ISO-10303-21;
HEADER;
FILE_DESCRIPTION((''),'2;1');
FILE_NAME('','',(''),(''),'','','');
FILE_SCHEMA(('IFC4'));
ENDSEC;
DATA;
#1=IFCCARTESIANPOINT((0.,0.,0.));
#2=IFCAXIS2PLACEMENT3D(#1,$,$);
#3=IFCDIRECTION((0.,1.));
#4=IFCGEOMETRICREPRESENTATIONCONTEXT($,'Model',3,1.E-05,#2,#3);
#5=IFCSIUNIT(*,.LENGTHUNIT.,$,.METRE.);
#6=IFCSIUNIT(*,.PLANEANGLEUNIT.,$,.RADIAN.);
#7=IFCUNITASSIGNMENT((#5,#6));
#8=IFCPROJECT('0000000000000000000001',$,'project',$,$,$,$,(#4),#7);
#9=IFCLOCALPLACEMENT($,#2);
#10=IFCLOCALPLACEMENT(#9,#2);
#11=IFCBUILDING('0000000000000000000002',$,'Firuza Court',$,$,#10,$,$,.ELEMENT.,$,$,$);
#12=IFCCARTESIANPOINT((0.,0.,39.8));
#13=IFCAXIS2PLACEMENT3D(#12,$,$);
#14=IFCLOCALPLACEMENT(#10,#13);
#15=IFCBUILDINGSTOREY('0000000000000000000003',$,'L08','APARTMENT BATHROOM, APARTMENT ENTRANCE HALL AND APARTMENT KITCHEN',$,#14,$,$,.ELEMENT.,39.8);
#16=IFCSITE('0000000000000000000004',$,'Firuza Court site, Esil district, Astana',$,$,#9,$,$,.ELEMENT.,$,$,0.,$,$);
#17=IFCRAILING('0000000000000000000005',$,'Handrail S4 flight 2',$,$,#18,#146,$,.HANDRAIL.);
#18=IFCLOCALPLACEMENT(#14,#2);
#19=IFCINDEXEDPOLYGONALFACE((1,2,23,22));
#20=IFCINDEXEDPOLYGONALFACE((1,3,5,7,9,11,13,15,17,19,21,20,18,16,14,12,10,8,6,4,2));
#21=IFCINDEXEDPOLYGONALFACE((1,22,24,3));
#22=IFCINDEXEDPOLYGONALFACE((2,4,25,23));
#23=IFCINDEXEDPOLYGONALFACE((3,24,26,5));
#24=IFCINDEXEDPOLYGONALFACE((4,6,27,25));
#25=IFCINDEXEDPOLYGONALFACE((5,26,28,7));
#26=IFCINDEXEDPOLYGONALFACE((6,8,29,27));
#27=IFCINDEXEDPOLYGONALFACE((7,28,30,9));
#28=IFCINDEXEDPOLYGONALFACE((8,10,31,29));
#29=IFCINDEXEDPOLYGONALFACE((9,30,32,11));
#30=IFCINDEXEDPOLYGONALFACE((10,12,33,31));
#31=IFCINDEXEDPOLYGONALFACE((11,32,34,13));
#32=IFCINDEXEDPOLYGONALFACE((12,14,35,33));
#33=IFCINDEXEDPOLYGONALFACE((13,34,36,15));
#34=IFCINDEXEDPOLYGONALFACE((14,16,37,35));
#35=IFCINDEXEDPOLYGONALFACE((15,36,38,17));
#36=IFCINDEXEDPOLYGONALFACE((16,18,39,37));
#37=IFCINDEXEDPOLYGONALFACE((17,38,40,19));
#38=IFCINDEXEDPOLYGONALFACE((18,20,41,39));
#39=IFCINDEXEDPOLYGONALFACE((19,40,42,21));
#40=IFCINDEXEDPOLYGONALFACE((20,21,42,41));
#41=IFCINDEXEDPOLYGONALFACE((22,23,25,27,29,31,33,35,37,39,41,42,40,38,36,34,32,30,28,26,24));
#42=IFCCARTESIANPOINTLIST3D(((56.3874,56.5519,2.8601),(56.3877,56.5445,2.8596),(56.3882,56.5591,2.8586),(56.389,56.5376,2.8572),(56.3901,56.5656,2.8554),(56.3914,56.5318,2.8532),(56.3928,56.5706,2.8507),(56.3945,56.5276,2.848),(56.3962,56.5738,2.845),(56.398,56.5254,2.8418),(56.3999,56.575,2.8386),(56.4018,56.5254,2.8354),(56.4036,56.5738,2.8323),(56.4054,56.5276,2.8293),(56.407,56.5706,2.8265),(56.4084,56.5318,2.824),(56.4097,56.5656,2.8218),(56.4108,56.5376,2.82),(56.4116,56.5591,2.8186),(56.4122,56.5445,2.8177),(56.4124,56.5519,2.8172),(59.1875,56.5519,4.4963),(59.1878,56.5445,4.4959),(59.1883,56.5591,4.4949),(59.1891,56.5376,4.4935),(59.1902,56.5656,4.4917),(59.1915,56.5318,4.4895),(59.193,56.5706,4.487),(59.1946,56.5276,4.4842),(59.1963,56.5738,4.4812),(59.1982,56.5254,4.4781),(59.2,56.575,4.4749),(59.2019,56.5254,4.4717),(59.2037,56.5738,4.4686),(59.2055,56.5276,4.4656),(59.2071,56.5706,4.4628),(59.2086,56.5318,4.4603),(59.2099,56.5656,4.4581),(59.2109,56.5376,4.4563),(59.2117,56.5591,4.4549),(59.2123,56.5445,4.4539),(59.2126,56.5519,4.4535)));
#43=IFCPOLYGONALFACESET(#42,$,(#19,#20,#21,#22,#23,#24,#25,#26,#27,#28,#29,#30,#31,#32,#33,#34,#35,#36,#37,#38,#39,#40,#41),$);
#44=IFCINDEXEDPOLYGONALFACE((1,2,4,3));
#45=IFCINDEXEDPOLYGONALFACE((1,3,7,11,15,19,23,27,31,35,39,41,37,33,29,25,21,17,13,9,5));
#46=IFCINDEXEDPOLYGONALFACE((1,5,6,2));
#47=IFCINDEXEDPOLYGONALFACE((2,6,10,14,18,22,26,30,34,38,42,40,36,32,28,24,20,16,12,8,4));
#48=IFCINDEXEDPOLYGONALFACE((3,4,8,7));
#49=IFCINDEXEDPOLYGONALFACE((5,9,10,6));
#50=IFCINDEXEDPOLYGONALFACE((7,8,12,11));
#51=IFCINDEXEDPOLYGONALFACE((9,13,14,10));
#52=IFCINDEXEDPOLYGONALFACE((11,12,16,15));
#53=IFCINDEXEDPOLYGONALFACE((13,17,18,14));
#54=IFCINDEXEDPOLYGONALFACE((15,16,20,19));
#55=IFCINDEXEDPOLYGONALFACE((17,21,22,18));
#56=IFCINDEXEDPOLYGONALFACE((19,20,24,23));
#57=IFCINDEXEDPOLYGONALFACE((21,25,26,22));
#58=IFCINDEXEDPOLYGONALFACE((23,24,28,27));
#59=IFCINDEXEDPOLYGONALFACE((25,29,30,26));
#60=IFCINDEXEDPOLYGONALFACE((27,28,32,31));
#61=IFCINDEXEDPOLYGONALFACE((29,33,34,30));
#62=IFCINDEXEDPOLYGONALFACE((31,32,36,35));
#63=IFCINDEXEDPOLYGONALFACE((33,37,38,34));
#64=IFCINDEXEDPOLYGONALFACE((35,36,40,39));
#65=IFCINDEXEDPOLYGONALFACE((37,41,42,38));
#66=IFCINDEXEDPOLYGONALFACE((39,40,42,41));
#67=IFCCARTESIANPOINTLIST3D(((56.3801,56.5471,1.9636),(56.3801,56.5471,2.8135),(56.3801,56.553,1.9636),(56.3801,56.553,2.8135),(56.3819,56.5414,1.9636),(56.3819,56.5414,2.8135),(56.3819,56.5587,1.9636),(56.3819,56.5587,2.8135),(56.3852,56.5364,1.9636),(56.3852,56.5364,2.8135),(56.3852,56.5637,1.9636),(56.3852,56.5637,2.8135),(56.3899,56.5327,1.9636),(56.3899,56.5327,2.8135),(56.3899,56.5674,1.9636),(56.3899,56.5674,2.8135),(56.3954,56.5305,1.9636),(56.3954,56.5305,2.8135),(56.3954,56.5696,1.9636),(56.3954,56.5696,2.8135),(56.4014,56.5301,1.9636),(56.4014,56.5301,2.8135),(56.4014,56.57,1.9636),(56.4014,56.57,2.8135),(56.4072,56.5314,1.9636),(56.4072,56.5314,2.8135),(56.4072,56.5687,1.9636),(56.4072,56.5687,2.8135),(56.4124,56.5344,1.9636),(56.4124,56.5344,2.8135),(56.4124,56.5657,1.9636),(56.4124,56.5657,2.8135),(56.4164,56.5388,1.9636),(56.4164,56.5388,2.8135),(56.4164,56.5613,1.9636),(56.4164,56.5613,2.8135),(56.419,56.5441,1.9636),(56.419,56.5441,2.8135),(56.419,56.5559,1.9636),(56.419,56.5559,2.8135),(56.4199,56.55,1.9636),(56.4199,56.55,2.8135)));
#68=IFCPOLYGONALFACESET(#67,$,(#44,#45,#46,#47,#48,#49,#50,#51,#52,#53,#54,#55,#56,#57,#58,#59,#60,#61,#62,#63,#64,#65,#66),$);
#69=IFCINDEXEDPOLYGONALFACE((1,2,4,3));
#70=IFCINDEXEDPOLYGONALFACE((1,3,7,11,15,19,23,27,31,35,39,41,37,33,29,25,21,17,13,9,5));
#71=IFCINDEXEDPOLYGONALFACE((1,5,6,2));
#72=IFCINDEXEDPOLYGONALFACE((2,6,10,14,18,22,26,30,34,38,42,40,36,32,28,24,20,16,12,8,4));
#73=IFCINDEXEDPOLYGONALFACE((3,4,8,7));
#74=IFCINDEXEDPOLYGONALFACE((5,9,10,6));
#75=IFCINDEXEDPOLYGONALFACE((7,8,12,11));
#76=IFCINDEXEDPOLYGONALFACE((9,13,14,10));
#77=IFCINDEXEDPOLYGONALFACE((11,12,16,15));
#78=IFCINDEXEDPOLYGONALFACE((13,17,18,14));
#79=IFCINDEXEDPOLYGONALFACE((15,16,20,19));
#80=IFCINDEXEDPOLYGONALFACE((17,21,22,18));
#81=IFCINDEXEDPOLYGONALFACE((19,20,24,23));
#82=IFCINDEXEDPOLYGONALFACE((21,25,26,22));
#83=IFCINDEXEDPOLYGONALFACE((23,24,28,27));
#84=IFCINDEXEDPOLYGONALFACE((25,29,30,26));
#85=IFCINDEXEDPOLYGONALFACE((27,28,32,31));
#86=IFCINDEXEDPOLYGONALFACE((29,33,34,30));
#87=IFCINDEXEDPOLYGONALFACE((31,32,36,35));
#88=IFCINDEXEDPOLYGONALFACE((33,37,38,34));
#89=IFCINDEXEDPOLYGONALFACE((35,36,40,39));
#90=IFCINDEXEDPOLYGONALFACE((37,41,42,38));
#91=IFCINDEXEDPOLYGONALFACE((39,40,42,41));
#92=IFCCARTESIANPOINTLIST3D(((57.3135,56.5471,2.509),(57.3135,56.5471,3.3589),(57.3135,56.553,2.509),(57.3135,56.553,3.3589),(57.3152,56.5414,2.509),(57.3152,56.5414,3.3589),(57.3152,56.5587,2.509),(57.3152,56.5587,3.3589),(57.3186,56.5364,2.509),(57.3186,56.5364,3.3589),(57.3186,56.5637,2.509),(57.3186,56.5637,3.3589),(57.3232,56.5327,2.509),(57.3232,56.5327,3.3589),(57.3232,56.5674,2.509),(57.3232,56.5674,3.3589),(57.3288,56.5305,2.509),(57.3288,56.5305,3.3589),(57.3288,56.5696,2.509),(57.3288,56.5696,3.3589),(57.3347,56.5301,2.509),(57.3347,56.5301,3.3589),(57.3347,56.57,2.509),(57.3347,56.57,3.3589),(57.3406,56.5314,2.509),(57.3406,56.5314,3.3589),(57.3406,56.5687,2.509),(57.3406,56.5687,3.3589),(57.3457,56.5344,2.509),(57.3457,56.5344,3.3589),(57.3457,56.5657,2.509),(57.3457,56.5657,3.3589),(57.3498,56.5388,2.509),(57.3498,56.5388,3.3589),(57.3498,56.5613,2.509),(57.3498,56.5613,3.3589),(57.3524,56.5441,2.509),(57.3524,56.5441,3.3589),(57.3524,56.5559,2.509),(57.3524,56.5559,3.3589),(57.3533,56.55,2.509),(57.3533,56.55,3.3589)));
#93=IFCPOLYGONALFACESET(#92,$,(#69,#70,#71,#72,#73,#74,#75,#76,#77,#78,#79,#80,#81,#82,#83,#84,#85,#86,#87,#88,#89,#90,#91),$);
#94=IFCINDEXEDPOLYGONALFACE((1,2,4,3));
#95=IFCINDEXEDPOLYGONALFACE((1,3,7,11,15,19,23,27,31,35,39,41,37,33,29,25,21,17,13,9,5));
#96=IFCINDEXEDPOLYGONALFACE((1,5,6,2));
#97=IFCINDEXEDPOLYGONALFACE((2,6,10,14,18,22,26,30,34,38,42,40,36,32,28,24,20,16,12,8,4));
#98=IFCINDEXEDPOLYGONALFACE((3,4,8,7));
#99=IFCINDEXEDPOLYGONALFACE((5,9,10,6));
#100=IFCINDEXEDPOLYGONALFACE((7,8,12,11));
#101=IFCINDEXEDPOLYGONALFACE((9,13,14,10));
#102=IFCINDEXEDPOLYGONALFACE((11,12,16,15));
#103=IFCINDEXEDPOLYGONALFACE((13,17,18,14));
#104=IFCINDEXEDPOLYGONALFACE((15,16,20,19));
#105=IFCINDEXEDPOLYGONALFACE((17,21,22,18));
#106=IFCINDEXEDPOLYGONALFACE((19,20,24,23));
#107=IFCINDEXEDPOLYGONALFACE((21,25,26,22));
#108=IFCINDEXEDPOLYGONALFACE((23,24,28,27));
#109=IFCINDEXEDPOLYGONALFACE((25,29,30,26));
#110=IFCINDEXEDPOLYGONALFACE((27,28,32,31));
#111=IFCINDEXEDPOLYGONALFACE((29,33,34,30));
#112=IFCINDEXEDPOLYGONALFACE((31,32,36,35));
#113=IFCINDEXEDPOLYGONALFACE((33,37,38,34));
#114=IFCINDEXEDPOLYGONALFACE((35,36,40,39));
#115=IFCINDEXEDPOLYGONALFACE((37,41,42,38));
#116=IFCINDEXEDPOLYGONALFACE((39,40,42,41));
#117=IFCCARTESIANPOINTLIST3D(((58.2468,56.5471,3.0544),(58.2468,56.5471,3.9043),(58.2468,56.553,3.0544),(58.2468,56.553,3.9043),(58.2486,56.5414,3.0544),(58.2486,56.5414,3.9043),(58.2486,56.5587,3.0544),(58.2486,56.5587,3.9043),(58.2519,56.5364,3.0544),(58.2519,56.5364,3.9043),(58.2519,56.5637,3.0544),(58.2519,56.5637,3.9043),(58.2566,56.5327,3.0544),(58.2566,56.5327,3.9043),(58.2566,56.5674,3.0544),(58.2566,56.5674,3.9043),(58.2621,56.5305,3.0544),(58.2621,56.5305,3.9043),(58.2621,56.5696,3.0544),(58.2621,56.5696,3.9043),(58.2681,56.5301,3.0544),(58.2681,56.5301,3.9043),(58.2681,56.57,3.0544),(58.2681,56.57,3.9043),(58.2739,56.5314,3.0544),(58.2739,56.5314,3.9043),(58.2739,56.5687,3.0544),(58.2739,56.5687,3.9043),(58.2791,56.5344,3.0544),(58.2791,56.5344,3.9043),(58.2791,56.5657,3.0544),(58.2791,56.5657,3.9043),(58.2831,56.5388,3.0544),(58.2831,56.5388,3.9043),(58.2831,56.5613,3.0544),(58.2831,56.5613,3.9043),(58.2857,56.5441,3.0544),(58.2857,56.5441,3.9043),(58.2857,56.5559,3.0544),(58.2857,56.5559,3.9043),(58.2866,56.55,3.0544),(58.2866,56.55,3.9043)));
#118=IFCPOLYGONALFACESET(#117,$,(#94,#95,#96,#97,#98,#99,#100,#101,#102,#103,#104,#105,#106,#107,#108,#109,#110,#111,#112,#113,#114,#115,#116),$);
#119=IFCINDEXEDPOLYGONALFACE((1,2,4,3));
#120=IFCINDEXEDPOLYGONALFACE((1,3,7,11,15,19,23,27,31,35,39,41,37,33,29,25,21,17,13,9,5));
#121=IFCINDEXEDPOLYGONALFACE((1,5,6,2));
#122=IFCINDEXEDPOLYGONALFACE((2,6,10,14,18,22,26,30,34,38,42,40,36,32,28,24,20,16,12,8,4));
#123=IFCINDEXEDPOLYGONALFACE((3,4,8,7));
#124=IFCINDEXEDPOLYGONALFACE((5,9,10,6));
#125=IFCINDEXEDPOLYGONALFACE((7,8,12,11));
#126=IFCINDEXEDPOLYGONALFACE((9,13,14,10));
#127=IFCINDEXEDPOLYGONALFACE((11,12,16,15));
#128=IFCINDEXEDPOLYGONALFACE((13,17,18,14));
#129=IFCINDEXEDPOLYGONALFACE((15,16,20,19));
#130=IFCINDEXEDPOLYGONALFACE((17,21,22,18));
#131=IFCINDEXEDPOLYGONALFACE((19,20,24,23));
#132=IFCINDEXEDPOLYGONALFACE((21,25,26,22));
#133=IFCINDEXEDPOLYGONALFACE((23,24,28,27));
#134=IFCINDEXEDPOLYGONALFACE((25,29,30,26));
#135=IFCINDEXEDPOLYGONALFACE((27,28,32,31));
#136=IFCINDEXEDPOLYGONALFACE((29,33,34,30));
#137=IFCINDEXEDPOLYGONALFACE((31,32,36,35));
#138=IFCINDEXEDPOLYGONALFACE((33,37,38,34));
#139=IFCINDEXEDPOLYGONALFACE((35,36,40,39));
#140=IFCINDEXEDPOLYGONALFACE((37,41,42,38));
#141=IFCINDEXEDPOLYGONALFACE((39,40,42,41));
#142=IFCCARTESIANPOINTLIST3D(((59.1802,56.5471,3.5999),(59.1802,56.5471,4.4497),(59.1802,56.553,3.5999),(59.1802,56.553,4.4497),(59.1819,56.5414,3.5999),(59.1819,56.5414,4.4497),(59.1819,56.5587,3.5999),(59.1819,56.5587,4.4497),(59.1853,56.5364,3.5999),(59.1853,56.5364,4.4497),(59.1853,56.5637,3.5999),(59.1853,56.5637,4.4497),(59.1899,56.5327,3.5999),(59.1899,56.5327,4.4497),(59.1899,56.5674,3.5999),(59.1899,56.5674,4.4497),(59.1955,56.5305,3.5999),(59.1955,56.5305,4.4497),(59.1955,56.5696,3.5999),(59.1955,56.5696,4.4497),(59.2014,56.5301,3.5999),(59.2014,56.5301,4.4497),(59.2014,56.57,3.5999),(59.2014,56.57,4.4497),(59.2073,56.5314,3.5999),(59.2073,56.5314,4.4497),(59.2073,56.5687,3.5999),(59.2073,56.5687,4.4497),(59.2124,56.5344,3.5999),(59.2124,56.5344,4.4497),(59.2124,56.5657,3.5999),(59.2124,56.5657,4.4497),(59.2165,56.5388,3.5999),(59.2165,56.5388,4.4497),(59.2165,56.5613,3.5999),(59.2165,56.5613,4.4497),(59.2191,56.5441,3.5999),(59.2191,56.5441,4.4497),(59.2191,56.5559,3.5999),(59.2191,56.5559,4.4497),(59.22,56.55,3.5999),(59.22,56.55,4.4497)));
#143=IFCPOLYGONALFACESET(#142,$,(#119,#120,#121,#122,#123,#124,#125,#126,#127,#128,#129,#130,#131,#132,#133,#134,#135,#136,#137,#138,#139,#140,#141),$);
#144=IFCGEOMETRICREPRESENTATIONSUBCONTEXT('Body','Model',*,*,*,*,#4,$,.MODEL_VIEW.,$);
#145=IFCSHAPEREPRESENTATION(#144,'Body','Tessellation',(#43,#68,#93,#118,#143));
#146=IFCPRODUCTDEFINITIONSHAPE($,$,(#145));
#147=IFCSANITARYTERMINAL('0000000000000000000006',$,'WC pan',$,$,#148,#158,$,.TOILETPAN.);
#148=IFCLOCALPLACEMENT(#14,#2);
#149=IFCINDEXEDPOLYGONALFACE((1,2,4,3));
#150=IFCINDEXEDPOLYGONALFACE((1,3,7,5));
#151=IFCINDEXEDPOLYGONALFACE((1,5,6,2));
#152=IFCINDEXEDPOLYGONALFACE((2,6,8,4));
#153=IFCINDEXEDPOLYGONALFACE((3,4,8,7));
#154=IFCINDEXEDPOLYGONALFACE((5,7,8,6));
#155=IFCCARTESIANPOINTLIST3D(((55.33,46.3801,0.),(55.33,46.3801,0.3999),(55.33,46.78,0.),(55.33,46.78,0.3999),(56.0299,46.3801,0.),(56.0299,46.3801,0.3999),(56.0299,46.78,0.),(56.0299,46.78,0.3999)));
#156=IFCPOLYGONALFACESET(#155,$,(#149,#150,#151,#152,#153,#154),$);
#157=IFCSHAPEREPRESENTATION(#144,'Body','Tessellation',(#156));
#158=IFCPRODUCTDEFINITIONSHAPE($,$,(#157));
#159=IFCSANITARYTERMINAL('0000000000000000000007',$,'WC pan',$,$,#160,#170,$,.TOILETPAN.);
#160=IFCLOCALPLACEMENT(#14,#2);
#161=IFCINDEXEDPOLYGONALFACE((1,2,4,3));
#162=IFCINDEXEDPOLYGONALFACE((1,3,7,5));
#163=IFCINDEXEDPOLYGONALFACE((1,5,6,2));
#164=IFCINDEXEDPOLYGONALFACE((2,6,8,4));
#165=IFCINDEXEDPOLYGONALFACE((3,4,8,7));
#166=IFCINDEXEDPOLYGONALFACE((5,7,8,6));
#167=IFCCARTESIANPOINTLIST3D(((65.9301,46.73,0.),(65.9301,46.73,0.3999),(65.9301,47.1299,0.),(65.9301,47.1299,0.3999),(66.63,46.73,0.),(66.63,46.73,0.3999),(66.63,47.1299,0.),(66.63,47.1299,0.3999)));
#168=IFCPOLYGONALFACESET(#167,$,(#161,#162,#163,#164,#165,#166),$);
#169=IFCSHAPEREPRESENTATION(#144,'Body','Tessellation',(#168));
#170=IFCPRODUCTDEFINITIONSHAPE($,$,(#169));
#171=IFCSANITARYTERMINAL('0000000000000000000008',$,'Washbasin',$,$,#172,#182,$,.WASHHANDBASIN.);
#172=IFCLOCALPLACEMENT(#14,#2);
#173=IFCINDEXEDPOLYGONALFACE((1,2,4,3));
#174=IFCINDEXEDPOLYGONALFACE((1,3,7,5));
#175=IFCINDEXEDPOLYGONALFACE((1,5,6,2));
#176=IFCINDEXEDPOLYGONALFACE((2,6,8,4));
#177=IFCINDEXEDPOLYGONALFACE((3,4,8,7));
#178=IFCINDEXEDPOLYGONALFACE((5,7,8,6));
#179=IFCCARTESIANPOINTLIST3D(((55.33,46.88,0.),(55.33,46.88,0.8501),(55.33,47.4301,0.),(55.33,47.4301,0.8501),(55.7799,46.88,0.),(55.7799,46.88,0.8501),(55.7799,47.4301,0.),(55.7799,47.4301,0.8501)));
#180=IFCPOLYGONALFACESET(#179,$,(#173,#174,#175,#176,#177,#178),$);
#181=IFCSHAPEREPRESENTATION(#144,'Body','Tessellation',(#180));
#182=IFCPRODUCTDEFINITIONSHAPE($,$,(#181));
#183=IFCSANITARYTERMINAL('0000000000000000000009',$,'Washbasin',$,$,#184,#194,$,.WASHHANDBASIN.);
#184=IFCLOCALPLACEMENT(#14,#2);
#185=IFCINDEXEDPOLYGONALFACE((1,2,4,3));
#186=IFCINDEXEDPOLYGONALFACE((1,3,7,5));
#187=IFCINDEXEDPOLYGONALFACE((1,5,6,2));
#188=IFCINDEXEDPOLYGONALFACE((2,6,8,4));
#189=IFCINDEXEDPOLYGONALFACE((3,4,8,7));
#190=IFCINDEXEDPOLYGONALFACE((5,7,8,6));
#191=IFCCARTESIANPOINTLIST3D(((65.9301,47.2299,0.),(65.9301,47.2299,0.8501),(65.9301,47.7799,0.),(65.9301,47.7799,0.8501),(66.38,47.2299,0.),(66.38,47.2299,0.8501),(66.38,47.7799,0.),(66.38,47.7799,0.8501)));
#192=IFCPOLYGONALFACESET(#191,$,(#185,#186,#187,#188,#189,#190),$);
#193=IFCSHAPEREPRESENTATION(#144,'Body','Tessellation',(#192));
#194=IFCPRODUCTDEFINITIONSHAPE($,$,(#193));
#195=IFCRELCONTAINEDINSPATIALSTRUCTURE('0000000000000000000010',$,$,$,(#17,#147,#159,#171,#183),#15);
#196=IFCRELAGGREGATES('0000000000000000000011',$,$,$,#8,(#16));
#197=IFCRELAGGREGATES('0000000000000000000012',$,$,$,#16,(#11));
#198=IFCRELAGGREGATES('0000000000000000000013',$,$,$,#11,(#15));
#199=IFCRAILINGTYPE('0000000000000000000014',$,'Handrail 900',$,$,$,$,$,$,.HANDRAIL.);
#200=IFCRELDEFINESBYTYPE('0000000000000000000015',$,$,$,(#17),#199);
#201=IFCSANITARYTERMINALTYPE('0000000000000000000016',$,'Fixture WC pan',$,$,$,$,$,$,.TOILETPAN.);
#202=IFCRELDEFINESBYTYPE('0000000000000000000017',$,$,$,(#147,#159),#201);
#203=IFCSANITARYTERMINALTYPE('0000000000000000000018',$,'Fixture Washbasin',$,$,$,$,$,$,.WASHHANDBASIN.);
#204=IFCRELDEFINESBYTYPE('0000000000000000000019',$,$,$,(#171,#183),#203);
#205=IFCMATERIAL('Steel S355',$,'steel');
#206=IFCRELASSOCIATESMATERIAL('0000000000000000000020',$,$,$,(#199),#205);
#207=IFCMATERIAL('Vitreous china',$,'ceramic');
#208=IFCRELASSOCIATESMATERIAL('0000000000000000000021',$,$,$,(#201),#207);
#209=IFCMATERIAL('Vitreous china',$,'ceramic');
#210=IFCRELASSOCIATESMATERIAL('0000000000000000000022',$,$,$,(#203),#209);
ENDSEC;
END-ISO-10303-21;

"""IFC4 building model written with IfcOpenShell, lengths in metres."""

from ifc_helpers import new_model, si_unit, direction, frame, origin, origin_2d, place, context, subcontext, project, spatial, rectangle, circle, extrude, material, type_object, element, save


model = new_model("IFC4")

# Units and contexts
model_context = context("Model", 3, precision=1e-05, world=origin(), true_north=direction((0.0, 1.0)))
body_context = subcontext(model_context, "Body", "Model", "MODEL_VIEW")
ifc_project = project(units=[si_unit("LENGTHUNIT", "METRE"), si_unit("PLANEANGLEUNIT", "RADIAN")], contexts=[model_context])

# Site, building, storey
site_placement = place(None, origin())
site = spatial("IfcSite", under=ifc_project, at=site_placement, Name="Firuza Court site, Esil district, Astana", CompositionType="ELEMENT", RefElevation=0.0)
building_placement = place(site_placement, origin())
building = spatial("IfcBuilding", under=site, at=building_placement, Name="Firuza Court", CompositionType="ELEMENT")
storey_placement = place(building_placement, frame((0.0, 0.0, 39.8)))
storey = spatial("IfcBuildingStorey", under=building, at=storey_placement, Name="L08", Description="APARTMENT BATHROOM, APARTMENT ENTRANCE HALL AND APARTMENT KITCHEN", CompositionType="ELEMENT", Elevation=39.8)

# Railing
ifc_material_1 = material(Name="Steel S355", Category="steel")
railing_type_1 = type_object("IfcRailingType", Name="Handrail 900", PredefinedType="HANDRAIL", material=ifc_material_1)
railing_1_placement = place(storey_placement, frame((56.3999, 56.55, 1.9636)))
element("IfcRailing", 1, at=railing_1_placement, inside=storey, type_object=railing_type_1, Name="Handrail S4 flight 2", PredefinedType="HANDRAIL", context=body_context, shape_type="SweptSolid", body=[
    extrude(circle(Radius=0.0249, at=origin_2d()), frame((0.0, 0.0, 0.875), z_axis=(0.863394, 0.0, 0.504531), x_axis=(0.0, 1.0, 0.0)), (0.0, 0.0, 1.0), 3.2432),
    extrude(circle(Radius=0.02, at=origin_2d()), origin(), (0.0, 0.0, 1.0), 0.8499),
    extrude(circle(Radius=0.02, at=origin_2d()), frame((0.9333, 0.0, 0.5454)), (0.0, 0.0, 1.0), 0.8499),
    extrude(circle(Radius=0.02, at=origin_2d()), frame((1.8667, 0.0, 1.0908)), (0.0, 0.0, 1.0), 0.8499),
    extrude(circle(Radius=0.02, at=origin_2d()), frame((2.8, 0.0, 1.6362)), (0.0, 0.0, 1.0), 0.8499),
])

# Sanitary terminals
ifc_material_2 = material(Name="Vitreous china", Category="ceramic")
sanitary_terminal_type_1 = type_object("IfcSanitaryTerminalType", Name="Fixture WC pan", PredefinedType="TOILETPAN", material=ifc_material_2)
for number, where, z_axis, x_axis, name in (
    (2, (55.6799, 46.5801, 0.0), (0.0, 0.0, 1.0), (1.0, 0.0, 0.0), "WC pan"),
    (3, (66.28, 46.9299, 0.0), (0.0, 0.0, 1.0), (1.0, 0.0, 0.0), "WC pan"),
):
    element("IfcSanitaryTerminal", number, at=place(storey_placement, frame(where, z_axis=z_axis, x_axis=x_axis)), inside=storey, type_object=sanitary_terminal_type_1, Name=name, PredefinedType="TOILETPAN", context=body_context, shape_type="SweptSolid", body=[
        extrude(rectangle(XDim=0.7, YDim=0.3999, at=origin_2d()), origin(), (0.0, 0.0, 1.0), 0.3999),
    ])
ifc_material_3 = material(Name="Vitreous china", Category="ceramic")
sanitary_terminal_type_2 = type_object("IfcSanitaryTerminalType", Name="Fixture Washbasin", PredefinedType="WASHHANDBASIN", material=ifc_material_3)
for number, where, z_axis, x_axis, name in (
    (4, (55.5549, 47.155, 0.0), (0.0, 0.0, 1.0), (1.0, 0.0, 0.0), "Washbasin"),
    (5, (66.155, 47.5049, 0.0), (0.0, 0.0, 1.0), (1.0, 0.0, 0.0), "Washbasin"),
):
    element("IfcSanitaryTerminal", number, at=place(storey_placement, frame(where, z_axis=z_axis, x_axis=x_axis)), inside=storey, type_object=sanitary_terminal_type_2, Name=name, PredefinedType="WASHHANDBASIN", context=body_context, shape_type="SweptSolid", body=[
        extrude(rectangle(XDim=0.45, YDim=0.55, at=origin_2d()), origin(), (0.0, 0.0, 1.0), 0.8501),
    ])

save(model, "model.ifc")
